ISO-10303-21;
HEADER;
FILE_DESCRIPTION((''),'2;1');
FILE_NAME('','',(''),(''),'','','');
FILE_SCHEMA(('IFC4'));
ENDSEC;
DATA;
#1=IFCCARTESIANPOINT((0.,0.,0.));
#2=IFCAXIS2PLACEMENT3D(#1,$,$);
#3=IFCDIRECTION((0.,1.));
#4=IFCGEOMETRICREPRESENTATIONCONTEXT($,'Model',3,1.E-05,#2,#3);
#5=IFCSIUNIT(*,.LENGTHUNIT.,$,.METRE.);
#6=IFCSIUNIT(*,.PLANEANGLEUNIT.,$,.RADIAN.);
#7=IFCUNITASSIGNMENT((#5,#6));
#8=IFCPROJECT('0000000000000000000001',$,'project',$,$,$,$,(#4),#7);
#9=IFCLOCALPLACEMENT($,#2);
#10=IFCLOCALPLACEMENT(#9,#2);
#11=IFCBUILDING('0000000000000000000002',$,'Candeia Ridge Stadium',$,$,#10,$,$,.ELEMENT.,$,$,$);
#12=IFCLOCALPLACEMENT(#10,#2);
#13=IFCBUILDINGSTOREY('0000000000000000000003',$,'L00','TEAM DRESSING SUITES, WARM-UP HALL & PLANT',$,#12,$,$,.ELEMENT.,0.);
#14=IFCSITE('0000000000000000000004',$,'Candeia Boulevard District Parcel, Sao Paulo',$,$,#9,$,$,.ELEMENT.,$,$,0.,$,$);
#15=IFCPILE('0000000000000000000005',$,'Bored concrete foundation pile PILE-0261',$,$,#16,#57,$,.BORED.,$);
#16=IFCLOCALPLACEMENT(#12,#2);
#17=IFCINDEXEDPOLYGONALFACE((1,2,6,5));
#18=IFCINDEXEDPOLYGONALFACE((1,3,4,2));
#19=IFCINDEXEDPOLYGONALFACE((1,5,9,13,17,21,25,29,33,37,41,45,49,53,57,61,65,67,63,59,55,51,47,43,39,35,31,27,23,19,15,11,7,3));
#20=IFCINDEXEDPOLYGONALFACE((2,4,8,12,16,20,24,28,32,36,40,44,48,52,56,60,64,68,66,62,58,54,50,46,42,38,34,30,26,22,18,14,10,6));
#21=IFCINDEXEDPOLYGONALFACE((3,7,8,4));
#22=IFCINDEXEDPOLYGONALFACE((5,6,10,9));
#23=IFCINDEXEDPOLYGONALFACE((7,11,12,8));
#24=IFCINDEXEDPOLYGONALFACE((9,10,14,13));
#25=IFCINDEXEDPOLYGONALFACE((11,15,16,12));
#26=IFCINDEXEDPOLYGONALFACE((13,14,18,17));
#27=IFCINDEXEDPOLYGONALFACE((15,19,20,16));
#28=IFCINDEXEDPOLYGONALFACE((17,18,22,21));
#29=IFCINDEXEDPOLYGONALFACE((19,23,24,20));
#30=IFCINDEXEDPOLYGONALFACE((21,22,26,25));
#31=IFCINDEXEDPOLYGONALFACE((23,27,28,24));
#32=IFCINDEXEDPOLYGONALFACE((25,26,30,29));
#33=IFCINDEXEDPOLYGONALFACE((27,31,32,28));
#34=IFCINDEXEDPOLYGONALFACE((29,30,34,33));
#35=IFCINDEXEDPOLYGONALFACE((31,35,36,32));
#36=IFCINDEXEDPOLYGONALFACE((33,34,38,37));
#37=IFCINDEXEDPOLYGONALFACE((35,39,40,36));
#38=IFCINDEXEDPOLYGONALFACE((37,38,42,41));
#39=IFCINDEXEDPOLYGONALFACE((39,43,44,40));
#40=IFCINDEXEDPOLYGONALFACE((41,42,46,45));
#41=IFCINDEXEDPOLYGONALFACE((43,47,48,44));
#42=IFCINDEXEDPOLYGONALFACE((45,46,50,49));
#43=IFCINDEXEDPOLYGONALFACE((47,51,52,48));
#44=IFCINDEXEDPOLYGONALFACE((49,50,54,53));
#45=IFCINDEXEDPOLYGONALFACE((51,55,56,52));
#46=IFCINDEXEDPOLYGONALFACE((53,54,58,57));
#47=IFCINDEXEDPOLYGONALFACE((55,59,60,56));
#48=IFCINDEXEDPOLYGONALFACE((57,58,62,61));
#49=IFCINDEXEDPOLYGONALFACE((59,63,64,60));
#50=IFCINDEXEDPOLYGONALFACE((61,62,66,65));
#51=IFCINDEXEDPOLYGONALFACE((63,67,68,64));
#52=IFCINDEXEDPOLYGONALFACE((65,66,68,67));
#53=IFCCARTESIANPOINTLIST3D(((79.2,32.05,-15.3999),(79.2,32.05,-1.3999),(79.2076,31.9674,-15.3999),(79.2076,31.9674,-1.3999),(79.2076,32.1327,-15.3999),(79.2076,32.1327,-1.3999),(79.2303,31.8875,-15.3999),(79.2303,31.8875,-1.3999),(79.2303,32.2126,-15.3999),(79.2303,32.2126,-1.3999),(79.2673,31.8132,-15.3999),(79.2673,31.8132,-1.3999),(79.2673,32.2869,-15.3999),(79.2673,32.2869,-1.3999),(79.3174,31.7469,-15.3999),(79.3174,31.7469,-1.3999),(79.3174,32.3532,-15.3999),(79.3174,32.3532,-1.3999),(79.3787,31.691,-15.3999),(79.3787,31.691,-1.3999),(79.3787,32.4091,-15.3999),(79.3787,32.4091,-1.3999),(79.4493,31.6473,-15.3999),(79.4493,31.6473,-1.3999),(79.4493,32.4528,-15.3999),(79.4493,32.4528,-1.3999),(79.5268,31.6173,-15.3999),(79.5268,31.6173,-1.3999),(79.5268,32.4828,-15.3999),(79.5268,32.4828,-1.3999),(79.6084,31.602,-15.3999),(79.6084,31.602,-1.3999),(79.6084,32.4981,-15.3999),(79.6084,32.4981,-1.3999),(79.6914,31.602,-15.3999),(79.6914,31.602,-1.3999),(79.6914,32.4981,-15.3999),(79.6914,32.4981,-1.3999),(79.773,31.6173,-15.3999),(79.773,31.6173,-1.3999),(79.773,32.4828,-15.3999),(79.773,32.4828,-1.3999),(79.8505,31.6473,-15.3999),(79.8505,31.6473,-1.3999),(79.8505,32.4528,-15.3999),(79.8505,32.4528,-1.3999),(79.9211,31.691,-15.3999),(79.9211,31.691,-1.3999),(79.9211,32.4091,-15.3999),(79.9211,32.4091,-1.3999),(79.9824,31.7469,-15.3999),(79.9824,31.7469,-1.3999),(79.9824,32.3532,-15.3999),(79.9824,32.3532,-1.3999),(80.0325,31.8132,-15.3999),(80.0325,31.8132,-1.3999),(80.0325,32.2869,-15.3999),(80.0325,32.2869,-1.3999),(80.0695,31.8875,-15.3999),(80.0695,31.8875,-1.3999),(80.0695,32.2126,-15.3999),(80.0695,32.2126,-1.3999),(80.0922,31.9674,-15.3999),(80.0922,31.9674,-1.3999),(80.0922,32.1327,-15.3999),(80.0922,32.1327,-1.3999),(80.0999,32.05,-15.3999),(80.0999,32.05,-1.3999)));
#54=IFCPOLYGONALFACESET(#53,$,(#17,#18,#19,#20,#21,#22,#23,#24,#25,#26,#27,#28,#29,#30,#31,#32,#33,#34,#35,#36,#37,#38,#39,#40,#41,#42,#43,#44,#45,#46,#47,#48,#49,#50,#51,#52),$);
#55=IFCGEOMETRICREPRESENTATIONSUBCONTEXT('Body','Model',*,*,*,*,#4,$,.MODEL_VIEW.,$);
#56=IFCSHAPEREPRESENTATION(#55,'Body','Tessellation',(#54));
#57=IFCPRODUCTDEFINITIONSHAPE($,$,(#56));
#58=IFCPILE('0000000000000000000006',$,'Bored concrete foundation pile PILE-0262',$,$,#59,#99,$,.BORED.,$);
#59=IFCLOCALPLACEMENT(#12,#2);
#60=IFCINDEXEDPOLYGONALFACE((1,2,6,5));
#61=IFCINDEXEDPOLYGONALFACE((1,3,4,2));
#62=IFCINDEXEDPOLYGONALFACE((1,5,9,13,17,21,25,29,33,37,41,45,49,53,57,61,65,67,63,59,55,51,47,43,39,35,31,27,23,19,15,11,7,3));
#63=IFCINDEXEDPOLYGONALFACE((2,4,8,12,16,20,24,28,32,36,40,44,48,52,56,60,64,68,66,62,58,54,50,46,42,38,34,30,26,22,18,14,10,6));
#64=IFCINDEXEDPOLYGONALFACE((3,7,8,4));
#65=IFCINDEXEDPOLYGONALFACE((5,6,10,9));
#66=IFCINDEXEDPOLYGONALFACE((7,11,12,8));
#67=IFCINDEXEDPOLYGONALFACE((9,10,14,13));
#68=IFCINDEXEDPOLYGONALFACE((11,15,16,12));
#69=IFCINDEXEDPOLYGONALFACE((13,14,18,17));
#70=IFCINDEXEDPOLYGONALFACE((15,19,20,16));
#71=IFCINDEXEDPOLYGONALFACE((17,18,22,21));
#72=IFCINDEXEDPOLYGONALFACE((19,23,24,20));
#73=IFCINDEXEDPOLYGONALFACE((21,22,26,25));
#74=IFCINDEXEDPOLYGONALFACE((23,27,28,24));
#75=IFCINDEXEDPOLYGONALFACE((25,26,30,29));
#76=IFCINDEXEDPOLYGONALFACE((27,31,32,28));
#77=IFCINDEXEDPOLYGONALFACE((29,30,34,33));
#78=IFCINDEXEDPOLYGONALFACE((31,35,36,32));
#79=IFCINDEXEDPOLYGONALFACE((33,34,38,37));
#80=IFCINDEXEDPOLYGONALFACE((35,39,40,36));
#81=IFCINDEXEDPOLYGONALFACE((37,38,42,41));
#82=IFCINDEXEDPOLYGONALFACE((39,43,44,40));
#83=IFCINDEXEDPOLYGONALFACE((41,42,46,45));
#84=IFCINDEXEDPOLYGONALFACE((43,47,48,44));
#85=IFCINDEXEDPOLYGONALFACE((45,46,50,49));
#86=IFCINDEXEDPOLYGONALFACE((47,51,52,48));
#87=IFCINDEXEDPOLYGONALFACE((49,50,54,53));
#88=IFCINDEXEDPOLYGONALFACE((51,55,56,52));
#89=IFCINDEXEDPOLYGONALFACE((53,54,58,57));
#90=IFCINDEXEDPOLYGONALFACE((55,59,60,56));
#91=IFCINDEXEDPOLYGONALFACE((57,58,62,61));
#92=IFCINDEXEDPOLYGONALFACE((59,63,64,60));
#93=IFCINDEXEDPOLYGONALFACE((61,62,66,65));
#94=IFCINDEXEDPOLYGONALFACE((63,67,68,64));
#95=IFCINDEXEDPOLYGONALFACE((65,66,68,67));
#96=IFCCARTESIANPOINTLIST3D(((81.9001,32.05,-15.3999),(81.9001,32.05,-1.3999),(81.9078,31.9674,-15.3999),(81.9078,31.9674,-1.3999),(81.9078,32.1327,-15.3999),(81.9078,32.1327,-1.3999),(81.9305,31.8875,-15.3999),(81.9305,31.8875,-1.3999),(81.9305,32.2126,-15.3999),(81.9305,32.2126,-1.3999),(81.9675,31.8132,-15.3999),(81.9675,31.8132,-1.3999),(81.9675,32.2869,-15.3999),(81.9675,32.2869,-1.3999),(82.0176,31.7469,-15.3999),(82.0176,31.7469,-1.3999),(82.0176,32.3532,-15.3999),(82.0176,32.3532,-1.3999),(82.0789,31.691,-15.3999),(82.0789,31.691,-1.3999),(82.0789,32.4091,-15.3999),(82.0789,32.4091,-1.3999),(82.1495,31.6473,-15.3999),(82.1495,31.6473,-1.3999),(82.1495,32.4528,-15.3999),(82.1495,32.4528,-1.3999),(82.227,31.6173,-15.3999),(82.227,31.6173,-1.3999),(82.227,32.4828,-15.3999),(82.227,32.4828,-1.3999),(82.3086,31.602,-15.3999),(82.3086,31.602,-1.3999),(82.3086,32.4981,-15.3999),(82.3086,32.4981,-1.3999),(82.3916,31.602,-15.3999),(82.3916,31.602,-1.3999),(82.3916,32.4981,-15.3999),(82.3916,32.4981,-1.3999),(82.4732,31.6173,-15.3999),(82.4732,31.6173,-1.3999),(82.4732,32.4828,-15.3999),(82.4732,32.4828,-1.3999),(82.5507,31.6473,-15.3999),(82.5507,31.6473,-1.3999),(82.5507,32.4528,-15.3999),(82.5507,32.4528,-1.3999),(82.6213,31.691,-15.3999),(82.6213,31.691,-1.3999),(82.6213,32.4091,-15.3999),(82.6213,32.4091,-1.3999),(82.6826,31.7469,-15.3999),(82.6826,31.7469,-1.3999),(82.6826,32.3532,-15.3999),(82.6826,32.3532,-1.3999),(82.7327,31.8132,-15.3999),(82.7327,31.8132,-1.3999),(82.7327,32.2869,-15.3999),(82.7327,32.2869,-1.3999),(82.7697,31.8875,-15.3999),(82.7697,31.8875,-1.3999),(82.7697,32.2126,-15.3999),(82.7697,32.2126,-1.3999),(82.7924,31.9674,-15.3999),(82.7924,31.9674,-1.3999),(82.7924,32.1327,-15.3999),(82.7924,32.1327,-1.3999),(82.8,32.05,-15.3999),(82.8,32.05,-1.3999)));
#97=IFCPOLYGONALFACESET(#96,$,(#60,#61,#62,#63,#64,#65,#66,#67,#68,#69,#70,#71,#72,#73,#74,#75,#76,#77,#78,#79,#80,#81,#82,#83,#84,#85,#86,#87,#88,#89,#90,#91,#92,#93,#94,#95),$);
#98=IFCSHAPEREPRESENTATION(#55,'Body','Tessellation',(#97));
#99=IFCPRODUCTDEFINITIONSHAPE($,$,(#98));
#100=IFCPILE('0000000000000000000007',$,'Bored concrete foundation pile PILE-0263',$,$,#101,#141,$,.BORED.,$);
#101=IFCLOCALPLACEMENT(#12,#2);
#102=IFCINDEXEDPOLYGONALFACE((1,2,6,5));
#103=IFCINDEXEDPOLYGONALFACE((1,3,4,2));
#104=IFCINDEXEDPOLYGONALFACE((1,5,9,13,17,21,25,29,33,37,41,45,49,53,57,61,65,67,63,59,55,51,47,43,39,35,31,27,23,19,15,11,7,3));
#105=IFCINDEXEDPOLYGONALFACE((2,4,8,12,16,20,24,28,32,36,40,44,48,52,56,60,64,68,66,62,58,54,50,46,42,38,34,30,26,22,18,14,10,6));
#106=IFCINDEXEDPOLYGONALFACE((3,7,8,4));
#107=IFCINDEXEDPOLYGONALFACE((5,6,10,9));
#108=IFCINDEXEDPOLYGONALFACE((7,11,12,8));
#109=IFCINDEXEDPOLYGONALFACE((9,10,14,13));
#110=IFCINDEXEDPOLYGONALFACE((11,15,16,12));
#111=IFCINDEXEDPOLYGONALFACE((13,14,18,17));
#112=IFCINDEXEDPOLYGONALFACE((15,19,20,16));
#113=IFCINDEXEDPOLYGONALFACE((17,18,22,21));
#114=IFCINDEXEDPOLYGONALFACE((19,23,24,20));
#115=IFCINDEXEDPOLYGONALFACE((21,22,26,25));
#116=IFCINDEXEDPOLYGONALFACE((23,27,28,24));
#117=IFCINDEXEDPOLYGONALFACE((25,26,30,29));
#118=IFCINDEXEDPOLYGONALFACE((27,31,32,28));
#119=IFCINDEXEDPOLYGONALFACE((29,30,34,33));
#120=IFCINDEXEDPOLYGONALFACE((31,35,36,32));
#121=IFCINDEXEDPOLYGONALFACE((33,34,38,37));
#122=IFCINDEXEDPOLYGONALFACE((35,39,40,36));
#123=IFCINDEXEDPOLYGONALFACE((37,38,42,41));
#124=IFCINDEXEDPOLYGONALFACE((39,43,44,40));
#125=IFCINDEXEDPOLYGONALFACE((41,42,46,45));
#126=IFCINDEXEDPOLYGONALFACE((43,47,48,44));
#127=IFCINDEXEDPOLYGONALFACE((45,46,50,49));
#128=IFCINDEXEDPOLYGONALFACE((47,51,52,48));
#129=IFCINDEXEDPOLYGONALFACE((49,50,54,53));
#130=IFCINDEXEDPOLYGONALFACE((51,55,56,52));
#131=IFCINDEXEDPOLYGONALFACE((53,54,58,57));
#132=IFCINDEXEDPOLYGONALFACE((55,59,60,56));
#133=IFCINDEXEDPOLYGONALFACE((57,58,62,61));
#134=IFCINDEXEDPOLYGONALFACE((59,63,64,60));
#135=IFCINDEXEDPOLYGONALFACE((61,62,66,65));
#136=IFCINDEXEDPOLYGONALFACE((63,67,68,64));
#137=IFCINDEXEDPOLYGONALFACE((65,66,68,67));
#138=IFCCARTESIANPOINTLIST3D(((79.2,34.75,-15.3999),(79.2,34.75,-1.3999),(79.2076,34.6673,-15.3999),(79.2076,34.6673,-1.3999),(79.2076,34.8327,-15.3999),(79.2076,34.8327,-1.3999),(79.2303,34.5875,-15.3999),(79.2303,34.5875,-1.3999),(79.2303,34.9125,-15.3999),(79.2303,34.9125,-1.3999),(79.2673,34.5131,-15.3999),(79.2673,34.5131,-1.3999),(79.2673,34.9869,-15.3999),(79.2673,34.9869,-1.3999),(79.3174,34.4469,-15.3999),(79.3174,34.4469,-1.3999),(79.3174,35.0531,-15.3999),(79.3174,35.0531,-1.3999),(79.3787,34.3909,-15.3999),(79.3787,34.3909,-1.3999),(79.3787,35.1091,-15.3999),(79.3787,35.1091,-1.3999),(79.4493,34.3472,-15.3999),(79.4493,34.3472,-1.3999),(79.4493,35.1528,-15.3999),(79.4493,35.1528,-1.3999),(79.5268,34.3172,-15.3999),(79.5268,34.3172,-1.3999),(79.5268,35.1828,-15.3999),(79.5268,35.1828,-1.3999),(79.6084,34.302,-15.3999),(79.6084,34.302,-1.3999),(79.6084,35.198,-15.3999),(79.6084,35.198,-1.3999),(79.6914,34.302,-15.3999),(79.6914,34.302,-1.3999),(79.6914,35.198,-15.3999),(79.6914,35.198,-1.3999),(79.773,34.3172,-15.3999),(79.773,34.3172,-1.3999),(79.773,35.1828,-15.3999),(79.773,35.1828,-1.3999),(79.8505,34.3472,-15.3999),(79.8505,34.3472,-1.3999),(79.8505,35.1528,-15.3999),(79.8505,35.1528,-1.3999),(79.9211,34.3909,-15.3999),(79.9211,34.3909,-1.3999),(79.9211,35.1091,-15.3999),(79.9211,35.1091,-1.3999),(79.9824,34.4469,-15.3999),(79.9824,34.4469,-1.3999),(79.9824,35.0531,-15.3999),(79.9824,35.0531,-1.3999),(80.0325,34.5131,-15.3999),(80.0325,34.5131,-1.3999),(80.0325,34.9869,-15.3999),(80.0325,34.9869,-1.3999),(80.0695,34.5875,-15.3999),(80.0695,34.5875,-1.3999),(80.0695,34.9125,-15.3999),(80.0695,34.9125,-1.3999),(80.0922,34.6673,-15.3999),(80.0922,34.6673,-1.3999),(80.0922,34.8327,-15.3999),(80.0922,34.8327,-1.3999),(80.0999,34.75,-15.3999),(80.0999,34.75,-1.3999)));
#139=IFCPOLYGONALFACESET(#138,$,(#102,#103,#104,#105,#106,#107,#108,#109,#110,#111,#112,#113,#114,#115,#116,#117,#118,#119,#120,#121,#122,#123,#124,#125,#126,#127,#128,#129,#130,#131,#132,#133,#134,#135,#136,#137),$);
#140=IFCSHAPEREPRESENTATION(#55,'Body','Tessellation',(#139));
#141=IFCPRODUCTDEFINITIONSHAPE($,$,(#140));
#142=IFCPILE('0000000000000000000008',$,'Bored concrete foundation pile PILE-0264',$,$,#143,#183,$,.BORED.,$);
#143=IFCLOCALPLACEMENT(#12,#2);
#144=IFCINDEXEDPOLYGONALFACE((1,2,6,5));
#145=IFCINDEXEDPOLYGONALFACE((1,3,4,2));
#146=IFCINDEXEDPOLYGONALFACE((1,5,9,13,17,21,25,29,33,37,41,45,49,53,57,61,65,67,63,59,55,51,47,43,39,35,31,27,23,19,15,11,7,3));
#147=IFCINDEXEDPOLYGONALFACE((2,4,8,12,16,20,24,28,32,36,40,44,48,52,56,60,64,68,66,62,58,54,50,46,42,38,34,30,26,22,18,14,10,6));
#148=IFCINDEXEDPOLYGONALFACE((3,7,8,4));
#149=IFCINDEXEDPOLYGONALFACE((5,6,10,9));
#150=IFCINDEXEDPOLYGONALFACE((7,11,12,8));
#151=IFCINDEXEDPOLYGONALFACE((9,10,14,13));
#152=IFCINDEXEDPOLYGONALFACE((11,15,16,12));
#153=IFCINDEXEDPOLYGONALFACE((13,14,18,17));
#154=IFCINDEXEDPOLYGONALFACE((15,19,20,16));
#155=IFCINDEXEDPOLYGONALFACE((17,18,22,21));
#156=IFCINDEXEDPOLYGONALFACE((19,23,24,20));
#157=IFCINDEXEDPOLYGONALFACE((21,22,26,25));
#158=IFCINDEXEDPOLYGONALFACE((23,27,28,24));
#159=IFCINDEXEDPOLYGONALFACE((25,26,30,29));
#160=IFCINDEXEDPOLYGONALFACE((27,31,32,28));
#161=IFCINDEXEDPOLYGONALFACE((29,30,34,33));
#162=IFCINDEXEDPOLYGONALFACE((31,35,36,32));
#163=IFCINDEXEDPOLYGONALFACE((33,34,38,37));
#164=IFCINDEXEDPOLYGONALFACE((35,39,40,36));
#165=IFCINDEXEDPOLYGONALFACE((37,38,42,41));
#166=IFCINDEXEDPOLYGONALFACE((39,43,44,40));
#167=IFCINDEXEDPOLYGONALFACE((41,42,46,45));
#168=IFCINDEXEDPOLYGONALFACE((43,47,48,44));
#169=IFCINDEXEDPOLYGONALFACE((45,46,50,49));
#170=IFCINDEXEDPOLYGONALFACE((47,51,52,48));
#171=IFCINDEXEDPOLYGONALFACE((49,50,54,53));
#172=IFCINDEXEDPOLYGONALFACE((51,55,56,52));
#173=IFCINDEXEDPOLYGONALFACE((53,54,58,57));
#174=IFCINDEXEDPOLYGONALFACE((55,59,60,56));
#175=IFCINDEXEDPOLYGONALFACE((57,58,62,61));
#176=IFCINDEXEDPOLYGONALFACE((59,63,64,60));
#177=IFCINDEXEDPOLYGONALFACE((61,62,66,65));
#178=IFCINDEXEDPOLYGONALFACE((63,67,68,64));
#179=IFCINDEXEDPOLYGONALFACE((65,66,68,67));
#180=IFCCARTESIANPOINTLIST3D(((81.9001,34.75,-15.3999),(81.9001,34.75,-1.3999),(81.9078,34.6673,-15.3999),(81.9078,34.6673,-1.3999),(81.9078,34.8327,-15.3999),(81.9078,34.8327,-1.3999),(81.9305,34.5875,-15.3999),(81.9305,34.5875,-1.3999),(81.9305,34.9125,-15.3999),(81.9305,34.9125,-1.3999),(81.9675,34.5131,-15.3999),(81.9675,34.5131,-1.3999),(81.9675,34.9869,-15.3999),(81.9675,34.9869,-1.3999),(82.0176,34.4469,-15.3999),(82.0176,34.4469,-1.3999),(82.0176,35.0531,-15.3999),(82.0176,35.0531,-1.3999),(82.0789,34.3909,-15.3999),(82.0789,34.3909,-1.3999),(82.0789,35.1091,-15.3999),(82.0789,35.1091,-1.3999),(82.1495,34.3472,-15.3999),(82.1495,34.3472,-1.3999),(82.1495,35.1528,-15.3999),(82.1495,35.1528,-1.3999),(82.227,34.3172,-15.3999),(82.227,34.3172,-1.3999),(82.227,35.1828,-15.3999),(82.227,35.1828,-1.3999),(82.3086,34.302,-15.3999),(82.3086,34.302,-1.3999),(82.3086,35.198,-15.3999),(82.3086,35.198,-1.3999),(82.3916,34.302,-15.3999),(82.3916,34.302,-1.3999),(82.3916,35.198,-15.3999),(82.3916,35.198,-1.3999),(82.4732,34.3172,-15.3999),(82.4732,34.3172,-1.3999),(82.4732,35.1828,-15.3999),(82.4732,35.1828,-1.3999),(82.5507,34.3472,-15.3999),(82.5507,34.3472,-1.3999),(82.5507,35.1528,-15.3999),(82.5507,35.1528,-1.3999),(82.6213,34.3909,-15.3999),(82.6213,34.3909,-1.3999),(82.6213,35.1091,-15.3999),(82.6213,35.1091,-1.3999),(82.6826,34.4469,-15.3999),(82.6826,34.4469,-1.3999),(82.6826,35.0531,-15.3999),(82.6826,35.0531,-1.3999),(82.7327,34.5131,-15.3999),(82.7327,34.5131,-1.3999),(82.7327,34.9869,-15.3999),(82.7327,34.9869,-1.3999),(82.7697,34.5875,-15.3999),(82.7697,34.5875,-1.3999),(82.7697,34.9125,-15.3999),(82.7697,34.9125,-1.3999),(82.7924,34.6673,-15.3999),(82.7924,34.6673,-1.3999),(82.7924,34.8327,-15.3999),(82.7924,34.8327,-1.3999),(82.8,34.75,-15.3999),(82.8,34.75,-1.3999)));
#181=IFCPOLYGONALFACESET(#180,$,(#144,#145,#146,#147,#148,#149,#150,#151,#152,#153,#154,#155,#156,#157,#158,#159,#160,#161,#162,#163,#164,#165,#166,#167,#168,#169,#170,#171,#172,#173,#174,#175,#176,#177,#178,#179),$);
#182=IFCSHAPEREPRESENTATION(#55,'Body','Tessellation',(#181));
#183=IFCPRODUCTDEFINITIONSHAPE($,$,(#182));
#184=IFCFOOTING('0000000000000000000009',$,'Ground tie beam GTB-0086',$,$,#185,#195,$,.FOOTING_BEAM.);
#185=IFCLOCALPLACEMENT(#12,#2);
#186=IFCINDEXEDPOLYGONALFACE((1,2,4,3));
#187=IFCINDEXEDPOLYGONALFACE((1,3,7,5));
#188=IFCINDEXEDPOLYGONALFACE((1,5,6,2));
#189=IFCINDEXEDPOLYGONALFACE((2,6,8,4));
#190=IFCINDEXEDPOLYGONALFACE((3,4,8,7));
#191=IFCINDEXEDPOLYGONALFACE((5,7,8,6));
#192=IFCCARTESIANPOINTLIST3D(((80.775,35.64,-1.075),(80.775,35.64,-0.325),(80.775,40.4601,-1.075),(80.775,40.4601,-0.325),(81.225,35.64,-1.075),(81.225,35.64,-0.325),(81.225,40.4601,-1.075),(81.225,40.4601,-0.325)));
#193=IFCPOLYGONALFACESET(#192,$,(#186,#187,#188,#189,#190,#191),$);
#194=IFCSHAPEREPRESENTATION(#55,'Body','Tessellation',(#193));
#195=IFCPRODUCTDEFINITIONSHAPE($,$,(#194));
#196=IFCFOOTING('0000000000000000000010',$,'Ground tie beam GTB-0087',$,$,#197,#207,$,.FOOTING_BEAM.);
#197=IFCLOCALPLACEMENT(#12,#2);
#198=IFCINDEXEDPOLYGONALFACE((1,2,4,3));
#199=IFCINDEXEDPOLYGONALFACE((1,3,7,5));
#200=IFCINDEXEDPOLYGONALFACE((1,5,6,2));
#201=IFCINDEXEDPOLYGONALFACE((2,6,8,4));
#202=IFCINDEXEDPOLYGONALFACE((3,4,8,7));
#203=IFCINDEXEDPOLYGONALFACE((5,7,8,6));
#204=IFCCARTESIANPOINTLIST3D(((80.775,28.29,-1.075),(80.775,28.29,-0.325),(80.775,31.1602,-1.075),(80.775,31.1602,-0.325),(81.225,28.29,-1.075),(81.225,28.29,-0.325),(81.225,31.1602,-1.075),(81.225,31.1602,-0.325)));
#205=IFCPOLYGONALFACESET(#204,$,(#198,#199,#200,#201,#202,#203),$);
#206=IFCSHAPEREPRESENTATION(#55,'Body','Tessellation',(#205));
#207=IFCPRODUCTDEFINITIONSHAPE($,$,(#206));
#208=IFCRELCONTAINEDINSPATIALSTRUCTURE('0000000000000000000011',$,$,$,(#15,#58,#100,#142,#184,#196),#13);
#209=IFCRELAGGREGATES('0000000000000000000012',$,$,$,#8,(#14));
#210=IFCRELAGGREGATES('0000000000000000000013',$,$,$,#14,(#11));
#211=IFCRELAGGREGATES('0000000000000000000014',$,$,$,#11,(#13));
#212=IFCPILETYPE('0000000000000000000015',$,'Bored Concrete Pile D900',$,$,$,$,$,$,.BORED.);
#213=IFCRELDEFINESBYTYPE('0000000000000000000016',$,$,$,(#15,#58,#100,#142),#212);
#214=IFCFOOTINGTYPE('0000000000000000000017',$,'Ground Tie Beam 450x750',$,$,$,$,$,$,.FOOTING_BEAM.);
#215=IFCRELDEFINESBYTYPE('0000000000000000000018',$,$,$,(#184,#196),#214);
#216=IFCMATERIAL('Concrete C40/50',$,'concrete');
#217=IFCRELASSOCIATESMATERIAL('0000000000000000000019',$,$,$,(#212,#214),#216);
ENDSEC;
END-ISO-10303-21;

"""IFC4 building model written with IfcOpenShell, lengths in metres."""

from ifc_helpers import new_model, si_unit, direction, frame, origin, origin_2d, place, context, subcontext, project, spatial, rectangle, circle, extrude, material, material_profile, profile_set, type_object, element, save


model = new_model("IFC4")

# Units and contexts
model_context = context("Model", 3, precision=1e-05, world=origin(), true_north=direction((0.0, 1.0)))
body_context = subcontext(model_context, "Body", "Model", "MODEL_VIEW")
ifc_project = project(units=[si_unit("LENGTHUNIT", "METRE"), si_unit("PLANEANGLEUNIT", "RADIAN")], contexts=[model_context])

# Site, building, storey
site_placement = place(None, origin())
site = spatial("IfcSite", under=ifc_project, at=site_placement, Name="Candeia Boulevard District Parcel, Sao Paulo", CompositionType="ELEMENT", RefElevation=0.0)
building_placement = place(site_placement, origin())
building = spatial("IfcBuilding", under=site, at=building_placement, Name="Candeia Ridge Stadium", CompositionType="ELEMENT")
storey_placement = place(building_placement, origin())
storey = spatial("IfcBuildingStorey", under=building, at=storey_placement, Name="L00", Description="TEAM DRESSING SUITES, WARM-UP HALL & PLANT", CompositionType="ELEMENT", Elevation=0.0)

# Piles
ifc_material_1 = material(Name="Concrete C40/50", Category="concrete")
ifc_material_profile_1 = material_profile(ifc_material_1, circle(Radius=0.45, at=origin_2d()), Name="PILE-D900", Category="concrete")
ifc_profile_set_1 = profile_set([ifc_material_profile_1], Name="Concrete C40/50")
pile_type_1 = type_object("IfcPileType", Name="Bored Concrete Pile D900", PredefinedType="BORED", material=ifc_profile_set_1)
for number, where, z_axis, x_axis, name in (
    (1, (79.6499, 32.05, -1.3999), (0.0, 0.0, -1.0), (1.0, 0.0, 0.0), "Bored concrete foundation pile PILE-0261"),
    (2, (82.3501, 32.05, -1.3999), (0.0, 0.0, -1.0), (1.0, 0.0, 0.0), "Bored concrete foundation pile PILE-0262"),
    (3, (79.6499, 34.75, -1.3999), (0.0, 0.0, -1.0), (1.0, 0.0, 0.0), "Bored concrete foundation pile PILE-0263"),
    (4, (82.3501, 34.75, -1.3999), (0.0, 0.0, -1.0), (1.0, 0.0, 0.0), "Bored concrete foundation pile PILE-0264"),
):
    element("IfcPile", number, at=place(storey_placement, frame(where, z_axis=z_axis, x_axis=x_axis)), inside=storey, type_object=pile_type_1, Name=name, PredefinedType="BORED", context=body_context, shape_type="SweptSolid", body=[
        extrude(circle(Radius=0.45, at=origin_2d()), origin(), (0.0, 0.0, 1.0), 14.0),
    ])

# Footings
footing_type_1 = type_object("IfcFootingType", Name="Ground Tie Beam 450x750", PredefinedType="FOOTING_BEAM", material=ifc_material_1)
footing_1_placement = place(storey_placement, frame((81.0, 38.05, -1.075), z_axis=(0.0, 0.0, 1.0), x_axis=(0.0, -1.0, 0.0)))
element("IfcFooting", 5, at=footing_1_placement, inside=storey, type_object=footing_type_1, Name="Ground tie beam GTB-0086", PredefinedType="FOOTING_BEAM", context=body_context, shape_type="SweptSolid", body=[
    extrude(rectangle(XDim=4.8201, YDim=0.45, at=origin_2d()), origin(), (0.0, 0.0, 1.0), 0.75),
])
footing_2_placement = place(storey_placement, frame((81.0, 29.7251, -1.075), z_axis=(0.0, 0.0, 1.0), x_axis=(0.0, -1.0, 0.0)))
element("IfcFooting", 6, at=footing_2_placement, inside=storey, type_object=footing_type_1, Name="Ground tie beam GTB-0087", PredefinedType="FOOTING_BEAM", context=body_context, shape_type="SweptSolid", body=[
    extrude(rectangle(XDim=2.8701, YDim=0.45, at=origin_2d()), origin(), (0.0, 0.0, 1.0), 0.75),
])

save(model, "model.ifc")
